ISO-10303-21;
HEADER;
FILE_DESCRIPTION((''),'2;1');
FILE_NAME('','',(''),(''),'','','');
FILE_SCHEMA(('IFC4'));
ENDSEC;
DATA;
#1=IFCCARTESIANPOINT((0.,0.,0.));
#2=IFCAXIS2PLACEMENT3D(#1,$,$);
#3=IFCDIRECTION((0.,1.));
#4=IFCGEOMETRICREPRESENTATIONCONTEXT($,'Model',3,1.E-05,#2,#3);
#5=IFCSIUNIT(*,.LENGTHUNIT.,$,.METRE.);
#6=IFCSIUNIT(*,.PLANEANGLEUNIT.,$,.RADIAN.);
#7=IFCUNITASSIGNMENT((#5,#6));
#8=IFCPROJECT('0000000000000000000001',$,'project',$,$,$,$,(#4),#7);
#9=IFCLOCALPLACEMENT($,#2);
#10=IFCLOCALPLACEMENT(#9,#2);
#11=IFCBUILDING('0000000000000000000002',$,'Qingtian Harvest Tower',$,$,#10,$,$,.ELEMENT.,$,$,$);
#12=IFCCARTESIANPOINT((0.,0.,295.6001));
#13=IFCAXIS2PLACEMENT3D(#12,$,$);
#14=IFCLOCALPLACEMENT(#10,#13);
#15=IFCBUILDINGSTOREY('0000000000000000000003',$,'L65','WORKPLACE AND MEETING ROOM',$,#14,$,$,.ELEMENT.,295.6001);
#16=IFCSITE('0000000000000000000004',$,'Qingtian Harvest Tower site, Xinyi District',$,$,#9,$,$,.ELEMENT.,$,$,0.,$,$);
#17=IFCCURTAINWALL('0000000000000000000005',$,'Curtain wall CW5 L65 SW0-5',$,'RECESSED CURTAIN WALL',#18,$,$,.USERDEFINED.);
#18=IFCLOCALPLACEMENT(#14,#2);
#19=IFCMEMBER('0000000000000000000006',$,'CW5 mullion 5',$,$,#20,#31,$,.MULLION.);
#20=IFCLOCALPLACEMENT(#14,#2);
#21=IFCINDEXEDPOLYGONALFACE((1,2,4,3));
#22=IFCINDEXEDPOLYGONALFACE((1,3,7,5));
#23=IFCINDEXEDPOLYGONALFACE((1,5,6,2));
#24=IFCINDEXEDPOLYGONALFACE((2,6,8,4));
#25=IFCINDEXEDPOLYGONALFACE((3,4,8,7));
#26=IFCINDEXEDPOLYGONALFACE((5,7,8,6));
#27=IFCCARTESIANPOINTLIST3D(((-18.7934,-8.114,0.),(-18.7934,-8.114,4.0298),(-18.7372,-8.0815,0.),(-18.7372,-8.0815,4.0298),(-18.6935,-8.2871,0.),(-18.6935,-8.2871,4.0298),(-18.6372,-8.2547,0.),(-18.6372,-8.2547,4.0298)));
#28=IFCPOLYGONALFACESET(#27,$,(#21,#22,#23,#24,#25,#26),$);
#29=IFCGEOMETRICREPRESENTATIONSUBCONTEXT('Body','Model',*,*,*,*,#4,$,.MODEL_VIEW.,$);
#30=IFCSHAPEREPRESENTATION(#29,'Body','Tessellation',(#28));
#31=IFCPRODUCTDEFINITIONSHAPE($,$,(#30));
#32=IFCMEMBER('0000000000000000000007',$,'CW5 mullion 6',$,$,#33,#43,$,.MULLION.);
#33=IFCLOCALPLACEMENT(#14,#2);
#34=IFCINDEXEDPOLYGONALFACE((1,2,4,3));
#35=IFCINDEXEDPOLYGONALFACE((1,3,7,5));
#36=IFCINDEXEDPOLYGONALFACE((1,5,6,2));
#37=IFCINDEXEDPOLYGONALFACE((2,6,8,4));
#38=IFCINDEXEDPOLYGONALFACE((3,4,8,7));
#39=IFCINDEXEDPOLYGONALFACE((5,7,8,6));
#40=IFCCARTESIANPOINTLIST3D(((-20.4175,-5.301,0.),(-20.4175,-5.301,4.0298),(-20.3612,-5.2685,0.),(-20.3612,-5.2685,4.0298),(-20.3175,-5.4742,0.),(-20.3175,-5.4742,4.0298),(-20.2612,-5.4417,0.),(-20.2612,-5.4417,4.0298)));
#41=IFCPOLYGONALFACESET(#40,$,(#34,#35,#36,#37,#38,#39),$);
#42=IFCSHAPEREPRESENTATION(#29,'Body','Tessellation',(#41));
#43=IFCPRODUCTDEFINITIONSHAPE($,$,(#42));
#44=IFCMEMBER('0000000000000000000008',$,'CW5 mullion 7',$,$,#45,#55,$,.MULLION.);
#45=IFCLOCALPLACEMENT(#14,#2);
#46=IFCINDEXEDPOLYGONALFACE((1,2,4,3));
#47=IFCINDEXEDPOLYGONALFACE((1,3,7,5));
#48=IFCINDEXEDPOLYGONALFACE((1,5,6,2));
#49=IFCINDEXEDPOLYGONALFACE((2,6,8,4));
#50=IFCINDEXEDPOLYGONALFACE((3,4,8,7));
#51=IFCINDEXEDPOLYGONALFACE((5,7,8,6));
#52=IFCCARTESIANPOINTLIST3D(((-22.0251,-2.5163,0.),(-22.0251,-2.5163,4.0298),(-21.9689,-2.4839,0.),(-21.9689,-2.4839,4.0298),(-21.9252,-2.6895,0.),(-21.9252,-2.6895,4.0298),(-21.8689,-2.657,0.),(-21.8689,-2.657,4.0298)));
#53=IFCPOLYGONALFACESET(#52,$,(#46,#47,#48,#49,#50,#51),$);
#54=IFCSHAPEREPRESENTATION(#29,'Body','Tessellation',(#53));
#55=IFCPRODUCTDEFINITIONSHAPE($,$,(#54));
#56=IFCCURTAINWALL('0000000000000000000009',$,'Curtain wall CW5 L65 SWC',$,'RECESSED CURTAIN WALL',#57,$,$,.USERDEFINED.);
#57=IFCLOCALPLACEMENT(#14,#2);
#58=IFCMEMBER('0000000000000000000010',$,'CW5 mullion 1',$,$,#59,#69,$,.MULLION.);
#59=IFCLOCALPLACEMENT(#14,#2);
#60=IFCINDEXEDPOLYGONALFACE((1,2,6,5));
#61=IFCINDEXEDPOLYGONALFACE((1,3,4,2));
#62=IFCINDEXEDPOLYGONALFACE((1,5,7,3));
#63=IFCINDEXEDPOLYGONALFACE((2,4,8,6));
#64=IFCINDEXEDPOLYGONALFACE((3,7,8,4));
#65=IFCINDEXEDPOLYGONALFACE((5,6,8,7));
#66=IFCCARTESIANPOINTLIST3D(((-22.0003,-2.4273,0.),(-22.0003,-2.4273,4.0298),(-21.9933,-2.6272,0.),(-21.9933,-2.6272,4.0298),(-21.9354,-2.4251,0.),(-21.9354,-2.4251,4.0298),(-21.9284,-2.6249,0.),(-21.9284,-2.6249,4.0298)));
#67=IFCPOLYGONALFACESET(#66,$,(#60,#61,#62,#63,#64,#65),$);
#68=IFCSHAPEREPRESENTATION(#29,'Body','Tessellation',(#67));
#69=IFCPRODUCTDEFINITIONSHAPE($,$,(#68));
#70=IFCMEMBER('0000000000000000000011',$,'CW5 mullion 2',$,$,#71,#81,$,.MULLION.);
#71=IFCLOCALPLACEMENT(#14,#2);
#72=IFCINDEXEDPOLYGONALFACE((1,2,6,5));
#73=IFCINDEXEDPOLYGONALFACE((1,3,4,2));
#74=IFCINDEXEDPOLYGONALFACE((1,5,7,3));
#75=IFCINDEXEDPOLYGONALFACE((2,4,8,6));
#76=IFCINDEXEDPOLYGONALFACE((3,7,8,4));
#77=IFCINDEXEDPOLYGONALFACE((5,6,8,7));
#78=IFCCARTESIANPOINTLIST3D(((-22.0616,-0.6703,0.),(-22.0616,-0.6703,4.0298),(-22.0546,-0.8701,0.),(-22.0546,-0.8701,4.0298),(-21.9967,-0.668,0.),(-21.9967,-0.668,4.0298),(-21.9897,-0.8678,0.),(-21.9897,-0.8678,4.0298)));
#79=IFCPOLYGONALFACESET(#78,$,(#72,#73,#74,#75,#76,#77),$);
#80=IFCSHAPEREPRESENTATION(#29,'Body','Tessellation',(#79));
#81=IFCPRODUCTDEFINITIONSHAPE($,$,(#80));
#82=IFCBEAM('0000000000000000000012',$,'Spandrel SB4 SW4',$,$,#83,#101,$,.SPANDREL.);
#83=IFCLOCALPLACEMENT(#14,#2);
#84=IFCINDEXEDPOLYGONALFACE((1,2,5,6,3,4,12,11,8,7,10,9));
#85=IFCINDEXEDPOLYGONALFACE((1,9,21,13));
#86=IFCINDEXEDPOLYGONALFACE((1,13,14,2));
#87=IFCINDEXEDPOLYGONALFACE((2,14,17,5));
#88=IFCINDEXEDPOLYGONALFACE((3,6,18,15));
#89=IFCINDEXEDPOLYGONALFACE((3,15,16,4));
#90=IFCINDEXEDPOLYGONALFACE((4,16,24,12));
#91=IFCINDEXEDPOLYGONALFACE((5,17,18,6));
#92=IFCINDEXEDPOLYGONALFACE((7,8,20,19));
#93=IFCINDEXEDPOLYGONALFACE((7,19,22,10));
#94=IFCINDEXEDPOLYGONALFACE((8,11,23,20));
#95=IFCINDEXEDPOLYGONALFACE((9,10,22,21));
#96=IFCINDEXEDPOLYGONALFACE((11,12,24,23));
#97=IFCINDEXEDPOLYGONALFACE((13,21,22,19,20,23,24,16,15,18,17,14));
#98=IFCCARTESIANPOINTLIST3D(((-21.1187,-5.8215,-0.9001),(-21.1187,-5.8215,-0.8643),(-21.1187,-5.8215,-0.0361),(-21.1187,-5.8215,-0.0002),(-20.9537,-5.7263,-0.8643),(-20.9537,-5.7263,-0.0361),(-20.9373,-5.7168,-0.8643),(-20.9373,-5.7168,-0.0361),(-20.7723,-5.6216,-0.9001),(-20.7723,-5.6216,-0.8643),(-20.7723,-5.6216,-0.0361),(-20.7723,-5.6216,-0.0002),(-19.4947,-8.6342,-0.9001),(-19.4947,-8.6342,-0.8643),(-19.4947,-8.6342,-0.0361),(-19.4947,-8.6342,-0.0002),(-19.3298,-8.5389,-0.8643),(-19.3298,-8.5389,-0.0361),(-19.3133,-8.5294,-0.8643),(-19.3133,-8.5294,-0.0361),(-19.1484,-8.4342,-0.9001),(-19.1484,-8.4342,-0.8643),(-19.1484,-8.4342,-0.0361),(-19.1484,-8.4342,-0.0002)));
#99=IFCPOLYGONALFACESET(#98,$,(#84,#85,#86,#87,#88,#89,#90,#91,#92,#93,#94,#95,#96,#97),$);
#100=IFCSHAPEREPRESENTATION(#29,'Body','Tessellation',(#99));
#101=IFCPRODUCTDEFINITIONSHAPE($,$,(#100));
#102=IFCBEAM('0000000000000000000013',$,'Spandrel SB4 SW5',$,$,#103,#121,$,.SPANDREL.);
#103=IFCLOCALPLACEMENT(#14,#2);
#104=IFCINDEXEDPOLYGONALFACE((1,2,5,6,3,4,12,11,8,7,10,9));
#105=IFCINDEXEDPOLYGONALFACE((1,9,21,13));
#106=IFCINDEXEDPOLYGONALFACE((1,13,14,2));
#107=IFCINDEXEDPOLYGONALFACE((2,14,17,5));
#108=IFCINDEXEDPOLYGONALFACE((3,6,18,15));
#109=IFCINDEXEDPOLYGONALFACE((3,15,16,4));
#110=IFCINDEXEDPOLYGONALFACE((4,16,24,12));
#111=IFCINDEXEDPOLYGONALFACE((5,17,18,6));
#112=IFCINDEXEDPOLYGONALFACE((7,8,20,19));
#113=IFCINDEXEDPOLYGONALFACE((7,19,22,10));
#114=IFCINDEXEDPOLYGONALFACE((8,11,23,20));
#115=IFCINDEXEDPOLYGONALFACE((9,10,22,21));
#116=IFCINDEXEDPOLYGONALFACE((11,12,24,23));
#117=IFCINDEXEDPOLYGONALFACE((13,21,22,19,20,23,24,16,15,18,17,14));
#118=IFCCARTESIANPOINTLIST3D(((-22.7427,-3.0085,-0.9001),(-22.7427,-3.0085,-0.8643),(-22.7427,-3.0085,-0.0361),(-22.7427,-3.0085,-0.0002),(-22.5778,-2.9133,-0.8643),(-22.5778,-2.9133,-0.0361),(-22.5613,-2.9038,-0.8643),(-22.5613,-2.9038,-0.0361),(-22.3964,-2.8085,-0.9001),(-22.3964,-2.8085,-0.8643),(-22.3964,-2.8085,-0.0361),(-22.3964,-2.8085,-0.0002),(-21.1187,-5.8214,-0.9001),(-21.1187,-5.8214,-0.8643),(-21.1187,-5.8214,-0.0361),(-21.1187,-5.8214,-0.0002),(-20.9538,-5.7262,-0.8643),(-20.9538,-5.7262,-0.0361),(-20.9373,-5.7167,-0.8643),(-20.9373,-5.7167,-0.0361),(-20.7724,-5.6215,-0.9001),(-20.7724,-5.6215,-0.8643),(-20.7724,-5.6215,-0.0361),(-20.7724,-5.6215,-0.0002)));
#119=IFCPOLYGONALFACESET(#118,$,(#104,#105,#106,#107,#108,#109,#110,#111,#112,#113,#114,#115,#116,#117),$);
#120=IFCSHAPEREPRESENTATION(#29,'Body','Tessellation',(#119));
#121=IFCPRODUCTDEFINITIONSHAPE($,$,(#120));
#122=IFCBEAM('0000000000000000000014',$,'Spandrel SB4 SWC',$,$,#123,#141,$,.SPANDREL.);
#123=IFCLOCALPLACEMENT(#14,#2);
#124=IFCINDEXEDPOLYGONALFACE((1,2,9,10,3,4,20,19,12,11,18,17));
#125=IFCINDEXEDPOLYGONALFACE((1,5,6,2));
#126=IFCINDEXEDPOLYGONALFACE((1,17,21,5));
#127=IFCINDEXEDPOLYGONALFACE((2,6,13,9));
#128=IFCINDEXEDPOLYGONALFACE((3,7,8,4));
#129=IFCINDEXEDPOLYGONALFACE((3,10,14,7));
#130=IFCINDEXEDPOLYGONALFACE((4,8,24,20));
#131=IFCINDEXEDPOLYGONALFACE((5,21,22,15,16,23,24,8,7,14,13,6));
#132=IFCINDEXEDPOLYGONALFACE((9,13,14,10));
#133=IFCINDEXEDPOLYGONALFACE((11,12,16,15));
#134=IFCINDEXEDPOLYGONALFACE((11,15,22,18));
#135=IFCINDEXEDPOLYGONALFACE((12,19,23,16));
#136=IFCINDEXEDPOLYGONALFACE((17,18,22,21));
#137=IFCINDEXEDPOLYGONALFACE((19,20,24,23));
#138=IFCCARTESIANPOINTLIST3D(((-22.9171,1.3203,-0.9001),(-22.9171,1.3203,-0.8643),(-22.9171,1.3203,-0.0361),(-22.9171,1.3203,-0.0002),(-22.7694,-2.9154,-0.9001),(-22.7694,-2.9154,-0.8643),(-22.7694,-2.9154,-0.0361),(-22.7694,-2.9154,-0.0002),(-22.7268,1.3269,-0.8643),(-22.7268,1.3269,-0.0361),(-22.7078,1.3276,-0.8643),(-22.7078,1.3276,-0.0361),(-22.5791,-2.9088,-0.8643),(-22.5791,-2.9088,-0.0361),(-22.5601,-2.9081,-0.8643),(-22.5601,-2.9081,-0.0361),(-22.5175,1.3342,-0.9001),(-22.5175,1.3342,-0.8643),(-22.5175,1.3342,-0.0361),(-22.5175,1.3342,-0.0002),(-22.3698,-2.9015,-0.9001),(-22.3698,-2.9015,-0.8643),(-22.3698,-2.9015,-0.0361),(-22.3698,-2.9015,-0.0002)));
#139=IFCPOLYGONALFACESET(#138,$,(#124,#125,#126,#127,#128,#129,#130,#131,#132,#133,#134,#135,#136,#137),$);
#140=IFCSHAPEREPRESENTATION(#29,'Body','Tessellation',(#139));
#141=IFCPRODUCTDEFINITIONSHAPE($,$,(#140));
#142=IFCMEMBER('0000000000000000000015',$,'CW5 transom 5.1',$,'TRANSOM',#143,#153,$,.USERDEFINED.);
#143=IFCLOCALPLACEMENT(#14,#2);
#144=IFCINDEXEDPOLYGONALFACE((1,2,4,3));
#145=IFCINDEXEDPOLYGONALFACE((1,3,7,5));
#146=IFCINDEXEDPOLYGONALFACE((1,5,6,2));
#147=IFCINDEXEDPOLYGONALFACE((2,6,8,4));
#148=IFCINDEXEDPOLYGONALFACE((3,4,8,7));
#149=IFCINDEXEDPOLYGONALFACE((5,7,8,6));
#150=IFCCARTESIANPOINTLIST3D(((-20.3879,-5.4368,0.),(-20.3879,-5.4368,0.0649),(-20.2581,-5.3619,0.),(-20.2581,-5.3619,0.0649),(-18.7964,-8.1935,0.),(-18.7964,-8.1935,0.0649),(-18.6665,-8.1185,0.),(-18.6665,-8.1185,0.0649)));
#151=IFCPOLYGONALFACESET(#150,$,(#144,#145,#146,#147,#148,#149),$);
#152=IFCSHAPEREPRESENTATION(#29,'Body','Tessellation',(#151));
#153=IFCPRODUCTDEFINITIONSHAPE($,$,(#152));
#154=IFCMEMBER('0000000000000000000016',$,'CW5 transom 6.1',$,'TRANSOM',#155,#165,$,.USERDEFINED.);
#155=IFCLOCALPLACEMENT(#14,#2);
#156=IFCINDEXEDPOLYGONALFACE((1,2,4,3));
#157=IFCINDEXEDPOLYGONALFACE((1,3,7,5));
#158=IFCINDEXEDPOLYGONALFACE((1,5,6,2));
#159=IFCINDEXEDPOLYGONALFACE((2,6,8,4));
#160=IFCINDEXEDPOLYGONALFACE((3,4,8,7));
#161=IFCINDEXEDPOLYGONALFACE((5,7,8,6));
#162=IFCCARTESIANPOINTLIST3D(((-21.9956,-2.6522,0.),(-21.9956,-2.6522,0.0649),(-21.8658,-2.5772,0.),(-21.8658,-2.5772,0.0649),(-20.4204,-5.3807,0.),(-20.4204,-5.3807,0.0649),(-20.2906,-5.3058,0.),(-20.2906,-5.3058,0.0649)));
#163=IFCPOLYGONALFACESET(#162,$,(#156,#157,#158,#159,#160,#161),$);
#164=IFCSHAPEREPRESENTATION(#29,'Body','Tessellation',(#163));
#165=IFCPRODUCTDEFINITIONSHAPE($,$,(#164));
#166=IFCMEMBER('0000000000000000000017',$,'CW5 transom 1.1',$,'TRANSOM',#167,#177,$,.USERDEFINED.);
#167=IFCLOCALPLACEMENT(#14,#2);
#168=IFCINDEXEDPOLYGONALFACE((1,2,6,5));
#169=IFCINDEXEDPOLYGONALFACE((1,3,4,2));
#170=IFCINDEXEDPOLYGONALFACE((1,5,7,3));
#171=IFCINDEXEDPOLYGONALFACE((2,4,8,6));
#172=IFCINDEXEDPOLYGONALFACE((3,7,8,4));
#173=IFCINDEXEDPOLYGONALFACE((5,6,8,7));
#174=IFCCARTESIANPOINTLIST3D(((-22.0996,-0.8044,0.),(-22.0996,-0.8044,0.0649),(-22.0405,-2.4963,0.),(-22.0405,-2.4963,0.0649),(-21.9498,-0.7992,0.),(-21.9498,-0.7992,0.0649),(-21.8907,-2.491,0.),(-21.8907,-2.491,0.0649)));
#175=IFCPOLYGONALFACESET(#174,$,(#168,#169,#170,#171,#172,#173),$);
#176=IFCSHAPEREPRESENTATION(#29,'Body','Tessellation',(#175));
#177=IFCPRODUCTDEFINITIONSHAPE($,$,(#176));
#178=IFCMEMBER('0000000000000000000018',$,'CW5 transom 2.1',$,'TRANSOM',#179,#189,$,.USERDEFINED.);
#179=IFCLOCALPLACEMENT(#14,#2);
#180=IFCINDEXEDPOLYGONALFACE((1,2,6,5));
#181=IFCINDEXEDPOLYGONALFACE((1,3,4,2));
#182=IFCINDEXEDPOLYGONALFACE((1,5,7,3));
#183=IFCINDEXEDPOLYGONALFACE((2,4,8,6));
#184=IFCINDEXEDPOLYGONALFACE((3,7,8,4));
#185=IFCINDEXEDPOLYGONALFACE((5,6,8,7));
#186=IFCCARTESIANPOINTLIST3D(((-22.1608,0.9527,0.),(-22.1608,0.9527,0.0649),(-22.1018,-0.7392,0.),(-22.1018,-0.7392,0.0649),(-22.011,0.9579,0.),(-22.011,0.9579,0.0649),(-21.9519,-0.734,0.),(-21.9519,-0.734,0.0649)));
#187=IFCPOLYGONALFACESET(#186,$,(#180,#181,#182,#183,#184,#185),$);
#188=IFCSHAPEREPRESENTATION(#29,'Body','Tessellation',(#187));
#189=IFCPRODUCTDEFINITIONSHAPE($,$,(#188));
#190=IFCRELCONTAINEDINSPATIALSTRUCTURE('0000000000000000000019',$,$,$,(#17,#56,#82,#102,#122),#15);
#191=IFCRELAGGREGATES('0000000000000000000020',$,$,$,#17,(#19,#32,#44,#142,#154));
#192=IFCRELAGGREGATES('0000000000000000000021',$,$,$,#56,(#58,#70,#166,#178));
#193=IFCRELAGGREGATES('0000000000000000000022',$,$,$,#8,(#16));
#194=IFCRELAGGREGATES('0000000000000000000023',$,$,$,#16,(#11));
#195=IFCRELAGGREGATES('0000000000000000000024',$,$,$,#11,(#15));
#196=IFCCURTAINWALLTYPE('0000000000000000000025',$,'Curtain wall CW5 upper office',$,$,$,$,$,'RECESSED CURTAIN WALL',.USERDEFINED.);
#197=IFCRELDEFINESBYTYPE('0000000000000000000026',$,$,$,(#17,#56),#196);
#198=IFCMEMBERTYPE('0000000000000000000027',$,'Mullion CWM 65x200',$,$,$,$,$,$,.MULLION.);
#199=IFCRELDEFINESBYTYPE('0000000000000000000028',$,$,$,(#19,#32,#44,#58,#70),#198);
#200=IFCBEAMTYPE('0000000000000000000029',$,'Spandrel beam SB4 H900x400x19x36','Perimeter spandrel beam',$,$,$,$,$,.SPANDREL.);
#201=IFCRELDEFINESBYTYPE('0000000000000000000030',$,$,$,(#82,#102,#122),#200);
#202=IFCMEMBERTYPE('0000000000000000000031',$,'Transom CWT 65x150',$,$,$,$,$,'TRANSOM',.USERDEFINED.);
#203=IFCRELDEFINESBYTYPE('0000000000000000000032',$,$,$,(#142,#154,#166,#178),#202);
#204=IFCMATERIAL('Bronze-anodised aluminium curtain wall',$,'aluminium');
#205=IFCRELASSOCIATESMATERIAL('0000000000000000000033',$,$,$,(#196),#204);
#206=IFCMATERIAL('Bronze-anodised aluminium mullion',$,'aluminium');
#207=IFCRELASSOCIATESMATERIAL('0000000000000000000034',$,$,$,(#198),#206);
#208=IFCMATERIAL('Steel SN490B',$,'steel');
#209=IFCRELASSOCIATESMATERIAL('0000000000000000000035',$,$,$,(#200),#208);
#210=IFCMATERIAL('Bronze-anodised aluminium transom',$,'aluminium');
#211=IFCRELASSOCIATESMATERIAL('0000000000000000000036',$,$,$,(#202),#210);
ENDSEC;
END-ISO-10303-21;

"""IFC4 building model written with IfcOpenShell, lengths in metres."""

from ifc_helpers import new_model, si_unit, direction, frame, origin, origin_2d, place, context, subcontext, project, spatial, rectangle, i_section, extrude, material, material_profile, profile_set, type_object, element, aggregate, save


model = new_model("IFC4")

# Units and contexts
model_context = context("Model", 3, precision=1e-05, world=origin(), true_north=direction((0.0, 1.0)))
body_context = subcontext(model_context, "Body", "Model", "MODEL_VIEW")
ifc_project = project(units=[si_unit("LENGTHUNIT", "METRE"), si_unit("PLANEANGLEUNIT", "RADIAN")], contexts=[model_context])

# Site, building, storey
site_placement = place(None, origin())
site = spatial("IfcSite", under=ifc_project, at=site_placement, Name="Qingtian Harvest Tower site, Xinyi District", CompositionType="ELEMENT", RefElevation=0.0)
building_placement = place(site_placement, origin())
building = spatial("IfcBuilding", under=site, at=building_placement, Name="Qingtian Harvest Tower", CompositionType="ELEMENT")
storey_placement = place(building_placement, frame((0.0, 0.0, 295.6001)))
storey = spatial("IfcBuildingStorey", under=building, at=storey_placement, Name="L65", Description="WORKPLACE AND MEETING ROOM", CompositionType="ELEMENT", Elevation=295.6001)

# Curtain walls, members
ifc_material_1 = material(Name="Bronze-anodised aluminium curtain wall", Category="aluminium")
curtain_wall_type = type_object("IfcCurtainWallType", Name="Curtain wall CW5 upper office", ElementType="RECESSED CURTAIN WALL", PredefinedType="USERDEFINED", material=ifc_material_1)
curtain_wall_1_placement = place(storey_placement, origin())
curtain_wall_1 = element("IfcCurtainWall", 1, at=curtain_wall_1_placement, inside=storey, type_object=curtain_wall_type, Name="Curtain wall CW5 L65 SW0-5", ObjectType="RECESSED CURTAIN WALL", PredefinedType="USERDEFINED")
ifc_material_2 = material(Name="Bronze-anodised aluminium mullion", Category="aluminium")
ifc_material_profile_1 = material_profile(ifc_material_2, rectangle(XDim=0.0649, YDim=0.2, at=origin_2d()), Name="AL 65x200")
ifc_profile_set_1 = profile_set([ifc_material_profile_1], Name="Bronze-anodised aluminium mullion")
member_type_1 = type_object("IfcMemberType", Name="Mullion CWM 65x200", PredefinedType="MULLION", material=ifc_profile_set_1)
member_1_placement = place(storey_placement, frame((-18.7153, -8.1843, 0.0), z_axis=(0.0, 0.0, 1.0), x_axis=(-0.866025, -0.5, 0.0)))
member_1 = element("IfcMember", 2, at=member_1_placement, type_object=member_type_1, Name="CW5 mullion 5", PredefinedType="MULLION", context=body_context, shape_type="SweptSolid", body=[
    extrude(rectangle(XDim=0.0649, YDim=0.2, at=origin_2d()), origin(), (0.0, 0.0, 1.0), 4.0298),
])
member_2_placement = place(storey_placement, frame((-20.3394, -5.3713, 0.0), z_axis=(0.0, 0.0, 1.0), x_axis=(-0.866025, -0.5, 0.0)))
member_2 = element("IfcMember", 3, at=member_2_placement, type_object=member_type_1, Name="CW5 mullion 6", PredefinedType="MULLION", context=body_context, shape_type="SweptSolid", body=[
    extrude(rectangle(XDim=0.0649, YDim=0.2, at=origin_2d()), origin(), (0.0, 0.0, 1.0), 4.0298),
])
member_3_placement = place(storey_placement, frame((-21.947, -2.5867, 0.0), z_axis=(0.0, 0.0, 1.0), x_axis=(-0.866025, -0.5, 0.0)))
member_3 = element("IfcMember", 4, at=member_3_placement, type_object=member_type_1, Name="CW5 mullion 7", PredefinedType="MULLION", context=body_context, shape_type="SweptSolid", body=[
    extrude(rectangle(XDim=0.0649, YDim=0.2, at=origin_2d()), origin(), (0.0, 0.0, 1.0), 4.0298),
])
curtain_wall_2_placement = place(storey_placement, origin())
curtain_wall_2 = element("IfcCurtainWall", 5, at=curtain_wall_2_placement, inside=storey, type_object=curtain_wall_type, Name="Curtain wall CW5 L65 SWC", ObjectType="RECESSED CURTAIN WALL", PredefinedType="USERDEFINED")
member_4_placement = place(storey_placement, frame((-21.9644, -2.5261, 0.0), z_axis=(0.0, 0.0, 1.0), x_axis=(-0.999391, -0.034899, 0.0)))
member_4 = element("IfcMember", 6, at=member_4_placement, type_object=member_type_1, Name="CW5 mullion 1", PredefinedType="MULLION", context=body_context, shape_type="SweptSolid", body=[
    extrude(rectangle(XDim=0.0649, YDim=0.2, at=origin_2d()), origin(), (0.0, 0.0, 1.0), 4.0298),
])
member_5_placement = place(storey_placement, frame((-22.0256, -0.769, 0.0), z_axis=(0.0, 0.0, 1.0), x_axis=(-0.999391, -0.034899, 0.0)))
member_5 = element("IfcMember", 7, at=member_5_placement, type_object=member_type_1, Name="CW5 mullion 2", PredefinedType="MULLION", context=body_context, shape_type="SweptSolid", body=[
    extrude(rectangle(XDim=0.0649, YDim=0.2, at=origin_2d()), origin(), (0.0, 0.0, 1.0), 4.0298),
])

# Beams
ifc_material_3 = material(Name="Steel SN490B", Category="steel")
ifc_material_profile_2 = material_profile(ifc_material_3, i_section(OverallWidth=0.3999, OverallDepth=0.8999, WebThickness=0.019, FlangeThickness=0.0359, at=origin_2d()), Name="H900x400x19x36")
ifc_profile_set_2 = profile_set([ifc_material_profile_2], Name="Steel SN490B")
beam_type_1 = type_object("IfcBeamType", Name="Spandrel beam SB4 H900x400x19x36", Description="Perimeter spandrel beam", PredefinedType="SPANDREL", material=ifc_profile_set_2)
beam_1_placement = place(storey_placement, frame((-19.3215, -8.5342, -0.4502), z_axis=(-0.50002, 0.866014, 0.0), x_axis=(-0.866014, -0.50002, 0.0)))
element("IfcBeam", 8, at=beam_1_placement, inside=storey, type_object=beam_type_1, Name="Spandrel SB4 SW4", PredefinedType="SPANDREL", context=body_context, shape_type="SweptSolid", body=[
    extrude(i_section(OverallWidth=0.3999, OverallDepth=0.8999, WebThickness=0.019, FlangeThickness=0.0359, at=origin_2d()), origin(), (0.0, 0.0, 1.0), 3.2478),
])
beam_2_placement = place(storey_placement, frame((-20.9456, -5.7214, -0.4502), z_axis=(-0.499987, 0.866033, 0.0), x_axis=(-0.866033, -0.499987, 0.0)))
element("IfcBeam", 9, at=beam_2_placement, inside=storey, type_object=beam_type_1, Name="Spandrel SB4 SW5", PredefinedType="SPANDREL", context=body_context, shape_type="SweptSolid", body=[
    extrude(i_section(OverallWidth=0.3999, OverallDepth=0.8999, WebThickness=0.019, FlangeThickness=0.0359, at=origin_2d()), origin(), (0.0, 0.0, 1.0), 3.248),
])
beam_3_placement = place(storey_placement, frame((-22.5696, -2.9084, -0.4502), z_axis=(-0.034851, 0.999393, 0.0), x_axis=(-0.999393, -0.034851, 0.0)))
element("IfcBeam", 10, at=beam_3_placement, inside=storey, type_object=beam_type_1, Name="Spandrel SB4 SWC", PredefinedType="SPANDREL", context=body_context, shape_type="SweptSolid", body=[
    extrude(i_section(OverallWidth=0.3999, OverallDepth=0.8999, WebThickness=0.019, FlangeThickness=0.0359, at=origin_2d()), origin(), (0.0, 0.0, 1.0), 4.2383),
])

# Members
ifc_material_4 = material(Name="Bronze-anodised aluminium transom", Category="aluminium")
ifc_material_profile_3 = material_profile(ifc_material_4, rectangle(XDim=0.1499, YDim=0.0649, at=origin_2d()), Name="AL 65x150")
ifc_profile_set_3 = profile_set([ifc_material_profile_3], Name="Bronze-anodised aluminium transom")
member_type_2 = type_object("IfcMemberType", Name="Transom CWT 65x150", ElementType="TRANSOM", PredefinedType="USERDEFINED", material=ifc_profile_set_3)
member_6_placement = place(storey_placement, frame((-18.7314, -8.156, 0.0325), z_axis=(-0.500008, 0.866021, 0.0), x_axis=(-0.866021, -0.500008, 0.0)))
member_6 = element("IfcMember", 11, at=member_6_placement, type_object=member_type_2, Name="CW5 transom 5.1", ObjectType="TRANSOM", PredefinedType="USERDEFINED", context=body_context, shape_type="SweptSolid", body=[
    extrude(rectangle(XDim=0.1499, YDim=0.0649, at=origin_2d()), origin(), (0.0, 0.0, 1.0), 3.1831),
])
member_7_placement = place(storey_placement, frame((-20.3555, -5.3433, 0.0325), z_axis=(-0.499973, 0.866041, 0.0), x_axis=(-0.866041, -0.499973, 0.0)))
member_7 = element("IfcMember", 12, at=member_7_placement, type_object=member_type_2, Name="CW5 transom 6.1", ObjectType="TRANSOM", PredefinedType="USERDEFINED", context=body_context, shape_type="SweptSolid", body=[
    extrude(rectangle(XDim=0.1499, YDim=0.0649, at=origin_2d()), origin(), (0.0, 0.0, 1.0), 3.1506),
])
member_8_placement = place(storey_placement, frame((-21.9656, -2.4937, 0.0325), z_axis=(-0.034899, 0.999391, 0.0), x_axis=(-0.999391, -0.034899, 0.0)))
member_8 = element("IfcMember", 13, at=member_8_placement, type_object=member_type_2, Name="CW5 transom 1.1", ObjectType="TRANSOM", PredefinedType="USERDEFINED", context=body_context, shape_type="SweptSolid", body=[
    extrude(rectangle(XDim=0.1499, YDim=0.0649, at=origin_2d()), origin(), (0.0, 0.0, 1.0), 1.6929),
])
member_9_placement = place(storey_placement, frame((-22.0269, -0.7366, 0.0325), z_axis=(-0.034899, 0.999391, 0.0), x_axis=(-0.999391, -0.034899, 0.0)))
member_9 = element("IfcMember", 14, at=member_9_placement, type_object=member_type_2, Name="CW5 transom 2.1", ObjectType="TRANSOM", PredefinedType="USERDEFINED", context=body_context, shape_type="SweptSolid", body=[
    extrude(rectangle(XDim=0.1499, YDim=0.0649, at=origin_2d()), origin(), (0.0, 0.0, 1.0), 1.6929),
])

aggregate(curtain_wall_1, [member_1, member_2, member_3, member_6, member_7])
aggregate(curtain_wall_2, [member_4, member_5, member_8, member_9])

save(model, "model.ifc")
